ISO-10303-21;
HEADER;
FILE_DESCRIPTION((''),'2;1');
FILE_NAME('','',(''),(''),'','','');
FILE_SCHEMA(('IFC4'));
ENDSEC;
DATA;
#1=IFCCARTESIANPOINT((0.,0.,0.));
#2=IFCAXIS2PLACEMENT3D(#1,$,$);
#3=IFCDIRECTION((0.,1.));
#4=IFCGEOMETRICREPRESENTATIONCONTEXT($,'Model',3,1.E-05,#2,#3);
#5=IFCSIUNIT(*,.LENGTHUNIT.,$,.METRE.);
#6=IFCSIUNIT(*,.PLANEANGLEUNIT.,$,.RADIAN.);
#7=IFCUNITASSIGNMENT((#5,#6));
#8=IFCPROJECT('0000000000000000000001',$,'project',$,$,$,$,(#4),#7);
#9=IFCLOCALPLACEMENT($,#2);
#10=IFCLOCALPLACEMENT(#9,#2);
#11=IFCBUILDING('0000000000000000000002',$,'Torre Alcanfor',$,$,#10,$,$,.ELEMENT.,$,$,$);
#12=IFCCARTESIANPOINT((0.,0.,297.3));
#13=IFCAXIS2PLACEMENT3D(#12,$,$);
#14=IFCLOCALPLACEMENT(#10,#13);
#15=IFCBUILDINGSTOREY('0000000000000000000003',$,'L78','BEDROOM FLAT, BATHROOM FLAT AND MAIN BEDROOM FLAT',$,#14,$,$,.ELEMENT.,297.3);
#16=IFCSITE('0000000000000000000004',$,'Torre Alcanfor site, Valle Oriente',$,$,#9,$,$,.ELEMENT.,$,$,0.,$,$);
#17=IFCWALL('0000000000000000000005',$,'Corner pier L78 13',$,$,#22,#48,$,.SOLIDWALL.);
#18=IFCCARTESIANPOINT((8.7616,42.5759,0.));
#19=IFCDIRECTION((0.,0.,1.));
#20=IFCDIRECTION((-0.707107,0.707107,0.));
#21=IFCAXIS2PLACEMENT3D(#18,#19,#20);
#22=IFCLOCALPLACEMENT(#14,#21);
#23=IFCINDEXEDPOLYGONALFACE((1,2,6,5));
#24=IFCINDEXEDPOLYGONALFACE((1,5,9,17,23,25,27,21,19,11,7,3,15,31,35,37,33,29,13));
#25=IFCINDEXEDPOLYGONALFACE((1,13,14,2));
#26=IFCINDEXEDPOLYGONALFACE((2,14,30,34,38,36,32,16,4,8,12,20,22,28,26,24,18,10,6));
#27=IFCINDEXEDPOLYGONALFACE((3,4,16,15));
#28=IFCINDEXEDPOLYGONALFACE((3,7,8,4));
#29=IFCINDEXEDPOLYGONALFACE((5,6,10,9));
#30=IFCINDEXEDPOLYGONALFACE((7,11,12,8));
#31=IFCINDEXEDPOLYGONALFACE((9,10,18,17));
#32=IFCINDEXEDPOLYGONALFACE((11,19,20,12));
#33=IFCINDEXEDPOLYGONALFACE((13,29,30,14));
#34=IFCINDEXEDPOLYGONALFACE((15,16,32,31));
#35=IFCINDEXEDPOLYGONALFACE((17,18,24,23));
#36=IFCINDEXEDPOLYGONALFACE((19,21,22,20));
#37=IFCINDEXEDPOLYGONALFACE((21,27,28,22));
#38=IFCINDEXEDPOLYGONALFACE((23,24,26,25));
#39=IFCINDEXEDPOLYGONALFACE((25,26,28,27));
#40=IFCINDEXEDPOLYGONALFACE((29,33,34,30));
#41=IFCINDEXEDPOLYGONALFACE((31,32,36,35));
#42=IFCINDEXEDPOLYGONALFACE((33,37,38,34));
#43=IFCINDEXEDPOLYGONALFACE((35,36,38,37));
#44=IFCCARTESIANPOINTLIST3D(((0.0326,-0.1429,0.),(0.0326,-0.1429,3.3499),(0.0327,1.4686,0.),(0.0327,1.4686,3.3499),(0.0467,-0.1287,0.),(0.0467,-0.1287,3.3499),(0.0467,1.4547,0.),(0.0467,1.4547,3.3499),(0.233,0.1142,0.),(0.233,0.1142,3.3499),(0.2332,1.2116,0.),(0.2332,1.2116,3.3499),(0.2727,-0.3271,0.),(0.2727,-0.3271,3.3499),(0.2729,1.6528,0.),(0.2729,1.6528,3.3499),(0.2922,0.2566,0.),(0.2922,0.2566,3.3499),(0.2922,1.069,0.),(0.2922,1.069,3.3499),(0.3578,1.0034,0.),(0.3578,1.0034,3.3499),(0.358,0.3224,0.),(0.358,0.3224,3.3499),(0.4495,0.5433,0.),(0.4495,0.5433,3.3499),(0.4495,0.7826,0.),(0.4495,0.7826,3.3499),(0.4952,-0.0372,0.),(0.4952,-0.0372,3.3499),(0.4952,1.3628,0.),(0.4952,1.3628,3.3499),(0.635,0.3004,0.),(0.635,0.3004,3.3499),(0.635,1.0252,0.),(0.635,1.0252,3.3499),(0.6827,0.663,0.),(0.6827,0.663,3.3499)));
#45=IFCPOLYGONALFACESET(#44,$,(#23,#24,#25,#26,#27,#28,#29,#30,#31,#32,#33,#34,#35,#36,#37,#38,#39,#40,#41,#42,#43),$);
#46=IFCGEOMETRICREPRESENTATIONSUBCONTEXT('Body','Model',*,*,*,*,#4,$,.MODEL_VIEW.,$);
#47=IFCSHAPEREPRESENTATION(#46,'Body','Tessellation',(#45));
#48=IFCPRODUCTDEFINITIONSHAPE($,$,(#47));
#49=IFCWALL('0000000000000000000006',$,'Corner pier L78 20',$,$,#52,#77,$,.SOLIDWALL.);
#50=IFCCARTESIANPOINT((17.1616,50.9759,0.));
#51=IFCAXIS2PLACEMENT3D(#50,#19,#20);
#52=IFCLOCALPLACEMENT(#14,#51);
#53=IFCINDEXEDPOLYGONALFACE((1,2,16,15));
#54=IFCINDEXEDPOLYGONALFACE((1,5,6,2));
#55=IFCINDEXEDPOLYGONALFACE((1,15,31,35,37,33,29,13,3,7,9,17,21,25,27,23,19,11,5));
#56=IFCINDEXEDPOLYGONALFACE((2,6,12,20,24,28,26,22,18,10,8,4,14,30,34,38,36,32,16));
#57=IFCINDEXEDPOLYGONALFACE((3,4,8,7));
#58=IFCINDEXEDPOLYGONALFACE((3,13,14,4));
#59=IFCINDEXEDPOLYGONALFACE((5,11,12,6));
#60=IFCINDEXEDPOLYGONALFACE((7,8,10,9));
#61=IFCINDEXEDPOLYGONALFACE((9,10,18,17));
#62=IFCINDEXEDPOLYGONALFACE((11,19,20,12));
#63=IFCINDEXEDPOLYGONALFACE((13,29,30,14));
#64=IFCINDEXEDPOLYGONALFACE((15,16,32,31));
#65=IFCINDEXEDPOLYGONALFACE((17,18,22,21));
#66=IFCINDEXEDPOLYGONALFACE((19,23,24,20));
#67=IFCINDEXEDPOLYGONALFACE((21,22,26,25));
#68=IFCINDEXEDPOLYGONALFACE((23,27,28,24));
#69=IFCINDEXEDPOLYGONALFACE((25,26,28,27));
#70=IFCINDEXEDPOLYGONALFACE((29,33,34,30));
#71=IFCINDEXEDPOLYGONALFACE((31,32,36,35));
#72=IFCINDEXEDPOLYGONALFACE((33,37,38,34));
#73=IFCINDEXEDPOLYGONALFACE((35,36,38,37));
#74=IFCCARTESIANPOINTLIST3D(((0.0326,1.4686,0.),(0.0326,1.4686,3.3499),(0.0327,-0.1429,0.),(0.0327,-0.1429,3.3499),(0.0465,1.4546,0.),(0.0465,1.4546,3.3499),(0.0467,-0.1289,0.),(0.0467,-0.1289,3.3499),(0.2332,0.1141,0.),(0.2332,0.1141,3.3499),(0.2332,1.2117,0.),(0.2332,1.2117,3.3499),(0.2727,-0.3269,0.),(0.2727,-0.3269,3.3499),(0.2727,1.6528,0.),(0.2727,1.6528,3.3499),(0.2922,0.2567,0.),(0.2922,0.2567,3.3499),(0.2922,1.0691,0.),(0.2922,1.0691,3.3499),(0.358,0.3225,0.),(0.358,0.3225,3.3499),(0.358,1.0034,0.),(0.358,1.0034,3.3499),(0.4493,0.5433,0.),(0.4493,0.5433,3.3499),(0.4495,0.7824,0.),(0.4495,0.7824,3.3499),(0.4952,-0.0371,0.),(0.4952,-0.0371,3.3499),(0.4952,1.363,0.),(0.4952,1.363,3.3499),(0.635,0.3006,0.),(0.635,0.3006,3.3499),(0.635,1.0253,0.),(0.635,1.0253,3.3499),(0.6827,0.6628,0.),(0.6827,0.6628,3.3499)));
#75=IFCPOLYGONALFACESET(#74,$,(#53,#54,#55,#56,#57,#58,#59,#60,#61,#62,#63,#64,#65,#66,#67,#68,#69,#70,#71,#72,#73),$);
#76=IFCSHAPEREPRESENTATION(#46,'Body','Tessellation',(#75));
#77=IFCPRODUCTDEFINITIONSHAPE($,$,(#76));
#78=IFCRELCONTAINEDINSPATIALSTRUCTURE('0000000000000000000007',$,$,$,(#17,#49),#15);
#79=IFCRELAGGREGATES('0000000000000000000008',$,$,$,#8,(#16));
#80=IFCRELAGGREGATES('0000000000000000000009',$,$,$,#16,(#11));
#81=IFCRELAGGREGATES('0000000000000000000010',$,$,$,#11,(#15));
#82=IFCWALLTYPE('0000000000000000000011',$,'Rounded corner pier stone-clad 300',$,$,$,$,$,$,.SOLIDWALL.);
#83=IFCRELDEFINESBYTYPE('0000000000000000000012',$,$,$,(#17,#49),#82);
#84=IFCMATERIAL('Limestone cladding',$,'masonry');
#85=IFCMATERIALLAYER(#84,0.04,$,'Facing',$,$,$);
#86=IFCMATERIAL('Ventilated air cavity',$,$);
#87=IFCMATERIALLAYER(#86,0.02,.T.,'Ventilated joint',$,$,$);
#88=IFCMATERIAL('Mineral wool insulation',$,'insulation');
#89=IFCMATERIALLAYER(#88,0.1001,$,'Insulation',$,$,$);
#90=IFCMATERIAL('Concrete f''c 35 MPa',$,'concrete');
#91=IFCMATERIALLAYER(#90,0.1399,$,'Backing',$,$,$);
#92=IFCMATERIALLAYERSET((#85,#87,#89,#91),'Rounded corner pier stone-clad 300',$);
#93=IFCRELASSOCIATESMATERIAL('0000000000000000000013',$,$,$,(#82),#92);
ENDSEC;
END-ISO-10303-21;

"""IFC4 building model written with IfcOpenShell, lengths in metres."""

from ifc_helpers import new_model, si_unit, direction, frame, origin, place, context, subcontext, project, spatial, polyline, outline, extrude, material, layer, layer_set, type_object, element, save


model = new_model("IFC4")

# Units and contexts
model_context = context("Model", 3, precision=1e-05, world=origin(), true_north=direction((0.0, 1.0)))
body_context = subcontext(model_context, "Body", "Model", "MODEL_VIEW")
ifc_project = project(units=[si_unit("LENGTHUNIT", "METRE"), si_unit("PLANEANGLEUNIT", "RADIAN")], contexts=[model_context])

# Site, building, storey
site_placement = place(None, origin())
site = spatial("IfcSite", under=ifc_project, at=site_placement, Name="Torre Alcanfor site, Valle Oriente", CompositionType="ELEMENT", RefElevation=0.0)
building_placement = place(site_placement, origin())
building = spatial("IfcBuilding", under=site, at=building_placement, Name="Torre Alcanfor", CompositionType="ELEMENT")
storey_placement = place(building_placement, frame((0.0, 0.0, 297.3)))
storey = spatial("IfcBuildingStorey", under=building, at=storey_placement, Name="L78", Description="BEDROOM FLAT, BATHROOM FLAT AND MAIN BEDROOM FLAT", CompositionType="ELEMENT", Elevation=297.3)

# Shared definitions
ifc_material_1 = material(Name="Limestone cladding", Category="masonry")
ifc_material_2 = material(Name="Ventilated air cavity")
ifc_material_3 = material(Name="Mineral wool insulation", Category="insulation")
ifc_material_4 = material(Name="Concrete f'c 35 MPa", Category="concrete")

# Walls
ifc_layer_1 = layer(ifc_material_1, 0.04, Name="Facing")
ifc_layer_2 = layer(ifc_material_2, 0.02, ventilated=True, Name="Ventilated joint")
ifc_layer_3 = layer(ifc_material_3, 0.1001, Name="Insulation")
ifc_layer_4 = layer(ifc_material_4, 0.1399, Name="Backing")
ifc_layer_set_1 = layer_set([ifc_layer_1, ifc_layer_2, ifc_layer_3, ifc_layer_4], Name="Rounded corner pier stone-clad 300")
wall_type_1 = type_object("IfcWallType", Name="Rounded corner pier stone-clad 300", PredefinedType="SOLIDWALL", material=ifc_layer_set_1)
wall_1_placement = place(storey_placement, frame((8.7616, 42.5759, 0.0), z_axis=(0.0, 0.0, 1.0), x_axis=(-0.707107, 0.707107, 0.0)))
element("IfcWall", 1, at=wall_1_placement, inside=storey, type_object=wall_type_1, Name="Corner pier L78 13", PredefinedType="SOLIDWALL", context=body_context, shape_type="SweptSolid", body=[
    extrude(outline(polyline([(0.233, 0.1142), (0.0467, -0.1287), (0.0326, -0.1429), (0.2727, -0.3271), (0.4952, -0.0372), (0.635, 0.3004), (0.6827, 0.663), (0.635, 1.0252), (0.4952, 1.3628), (0.2729, 1.6528), (0.0327, 1.4686), (0.0467, 1.4547), (0.2332, 1.2116), (0.2922, 1.069), (0.3578, 1.0034), (0.4495, 0.7826), (0.4495, 0.5433), (0.358, 0.3224), (0.2922, 0.2566), (0.233, 0.1142)])), origin(), (0.0, 0.0, 1.0), 3.3499),
])
wall_2_placement = place(storey_placement, frame((17.1616, 50.9759, 0.0), z_axis=(0.0, 0.0, 1.0), x_axis=(-0.707107, 0.707107, 0.0)))
element("IfcWall", 2, at=wall_2_placement, inside=storey, type_object=wall_type_1, Name="Corner pier L78 20", PredefinedType="SOLIDWALL", context=body_context, shape_type="SweptSolid", body=[
    extrude(outline(polyline([(0.0467, -0.1289), (0.0327, -0.1429), (0.2727, -0.3269), (0.4952, -0.0371), (0.635, 0.3006), (0.6827, 0.6628), (0.635, 1.0253), (0.4952, 1.363), (0.2727, 1.6528), (0.0326, 1.4686), (0.0465, 1.4546), (0.2332, 1.2117), (0.2922, 1.0691), (0.358, 1.0034), (0.4495, 0.7824), (0.4493, 0.5433), (0.358, 0.3225), (0.2922, 0.2567), (0.2332, 0.1141), (0.0467, -0.1289)])), origin(), (0.0, 0.0, 1.0), 3.3499),
])

save(model, "model.ifc")
